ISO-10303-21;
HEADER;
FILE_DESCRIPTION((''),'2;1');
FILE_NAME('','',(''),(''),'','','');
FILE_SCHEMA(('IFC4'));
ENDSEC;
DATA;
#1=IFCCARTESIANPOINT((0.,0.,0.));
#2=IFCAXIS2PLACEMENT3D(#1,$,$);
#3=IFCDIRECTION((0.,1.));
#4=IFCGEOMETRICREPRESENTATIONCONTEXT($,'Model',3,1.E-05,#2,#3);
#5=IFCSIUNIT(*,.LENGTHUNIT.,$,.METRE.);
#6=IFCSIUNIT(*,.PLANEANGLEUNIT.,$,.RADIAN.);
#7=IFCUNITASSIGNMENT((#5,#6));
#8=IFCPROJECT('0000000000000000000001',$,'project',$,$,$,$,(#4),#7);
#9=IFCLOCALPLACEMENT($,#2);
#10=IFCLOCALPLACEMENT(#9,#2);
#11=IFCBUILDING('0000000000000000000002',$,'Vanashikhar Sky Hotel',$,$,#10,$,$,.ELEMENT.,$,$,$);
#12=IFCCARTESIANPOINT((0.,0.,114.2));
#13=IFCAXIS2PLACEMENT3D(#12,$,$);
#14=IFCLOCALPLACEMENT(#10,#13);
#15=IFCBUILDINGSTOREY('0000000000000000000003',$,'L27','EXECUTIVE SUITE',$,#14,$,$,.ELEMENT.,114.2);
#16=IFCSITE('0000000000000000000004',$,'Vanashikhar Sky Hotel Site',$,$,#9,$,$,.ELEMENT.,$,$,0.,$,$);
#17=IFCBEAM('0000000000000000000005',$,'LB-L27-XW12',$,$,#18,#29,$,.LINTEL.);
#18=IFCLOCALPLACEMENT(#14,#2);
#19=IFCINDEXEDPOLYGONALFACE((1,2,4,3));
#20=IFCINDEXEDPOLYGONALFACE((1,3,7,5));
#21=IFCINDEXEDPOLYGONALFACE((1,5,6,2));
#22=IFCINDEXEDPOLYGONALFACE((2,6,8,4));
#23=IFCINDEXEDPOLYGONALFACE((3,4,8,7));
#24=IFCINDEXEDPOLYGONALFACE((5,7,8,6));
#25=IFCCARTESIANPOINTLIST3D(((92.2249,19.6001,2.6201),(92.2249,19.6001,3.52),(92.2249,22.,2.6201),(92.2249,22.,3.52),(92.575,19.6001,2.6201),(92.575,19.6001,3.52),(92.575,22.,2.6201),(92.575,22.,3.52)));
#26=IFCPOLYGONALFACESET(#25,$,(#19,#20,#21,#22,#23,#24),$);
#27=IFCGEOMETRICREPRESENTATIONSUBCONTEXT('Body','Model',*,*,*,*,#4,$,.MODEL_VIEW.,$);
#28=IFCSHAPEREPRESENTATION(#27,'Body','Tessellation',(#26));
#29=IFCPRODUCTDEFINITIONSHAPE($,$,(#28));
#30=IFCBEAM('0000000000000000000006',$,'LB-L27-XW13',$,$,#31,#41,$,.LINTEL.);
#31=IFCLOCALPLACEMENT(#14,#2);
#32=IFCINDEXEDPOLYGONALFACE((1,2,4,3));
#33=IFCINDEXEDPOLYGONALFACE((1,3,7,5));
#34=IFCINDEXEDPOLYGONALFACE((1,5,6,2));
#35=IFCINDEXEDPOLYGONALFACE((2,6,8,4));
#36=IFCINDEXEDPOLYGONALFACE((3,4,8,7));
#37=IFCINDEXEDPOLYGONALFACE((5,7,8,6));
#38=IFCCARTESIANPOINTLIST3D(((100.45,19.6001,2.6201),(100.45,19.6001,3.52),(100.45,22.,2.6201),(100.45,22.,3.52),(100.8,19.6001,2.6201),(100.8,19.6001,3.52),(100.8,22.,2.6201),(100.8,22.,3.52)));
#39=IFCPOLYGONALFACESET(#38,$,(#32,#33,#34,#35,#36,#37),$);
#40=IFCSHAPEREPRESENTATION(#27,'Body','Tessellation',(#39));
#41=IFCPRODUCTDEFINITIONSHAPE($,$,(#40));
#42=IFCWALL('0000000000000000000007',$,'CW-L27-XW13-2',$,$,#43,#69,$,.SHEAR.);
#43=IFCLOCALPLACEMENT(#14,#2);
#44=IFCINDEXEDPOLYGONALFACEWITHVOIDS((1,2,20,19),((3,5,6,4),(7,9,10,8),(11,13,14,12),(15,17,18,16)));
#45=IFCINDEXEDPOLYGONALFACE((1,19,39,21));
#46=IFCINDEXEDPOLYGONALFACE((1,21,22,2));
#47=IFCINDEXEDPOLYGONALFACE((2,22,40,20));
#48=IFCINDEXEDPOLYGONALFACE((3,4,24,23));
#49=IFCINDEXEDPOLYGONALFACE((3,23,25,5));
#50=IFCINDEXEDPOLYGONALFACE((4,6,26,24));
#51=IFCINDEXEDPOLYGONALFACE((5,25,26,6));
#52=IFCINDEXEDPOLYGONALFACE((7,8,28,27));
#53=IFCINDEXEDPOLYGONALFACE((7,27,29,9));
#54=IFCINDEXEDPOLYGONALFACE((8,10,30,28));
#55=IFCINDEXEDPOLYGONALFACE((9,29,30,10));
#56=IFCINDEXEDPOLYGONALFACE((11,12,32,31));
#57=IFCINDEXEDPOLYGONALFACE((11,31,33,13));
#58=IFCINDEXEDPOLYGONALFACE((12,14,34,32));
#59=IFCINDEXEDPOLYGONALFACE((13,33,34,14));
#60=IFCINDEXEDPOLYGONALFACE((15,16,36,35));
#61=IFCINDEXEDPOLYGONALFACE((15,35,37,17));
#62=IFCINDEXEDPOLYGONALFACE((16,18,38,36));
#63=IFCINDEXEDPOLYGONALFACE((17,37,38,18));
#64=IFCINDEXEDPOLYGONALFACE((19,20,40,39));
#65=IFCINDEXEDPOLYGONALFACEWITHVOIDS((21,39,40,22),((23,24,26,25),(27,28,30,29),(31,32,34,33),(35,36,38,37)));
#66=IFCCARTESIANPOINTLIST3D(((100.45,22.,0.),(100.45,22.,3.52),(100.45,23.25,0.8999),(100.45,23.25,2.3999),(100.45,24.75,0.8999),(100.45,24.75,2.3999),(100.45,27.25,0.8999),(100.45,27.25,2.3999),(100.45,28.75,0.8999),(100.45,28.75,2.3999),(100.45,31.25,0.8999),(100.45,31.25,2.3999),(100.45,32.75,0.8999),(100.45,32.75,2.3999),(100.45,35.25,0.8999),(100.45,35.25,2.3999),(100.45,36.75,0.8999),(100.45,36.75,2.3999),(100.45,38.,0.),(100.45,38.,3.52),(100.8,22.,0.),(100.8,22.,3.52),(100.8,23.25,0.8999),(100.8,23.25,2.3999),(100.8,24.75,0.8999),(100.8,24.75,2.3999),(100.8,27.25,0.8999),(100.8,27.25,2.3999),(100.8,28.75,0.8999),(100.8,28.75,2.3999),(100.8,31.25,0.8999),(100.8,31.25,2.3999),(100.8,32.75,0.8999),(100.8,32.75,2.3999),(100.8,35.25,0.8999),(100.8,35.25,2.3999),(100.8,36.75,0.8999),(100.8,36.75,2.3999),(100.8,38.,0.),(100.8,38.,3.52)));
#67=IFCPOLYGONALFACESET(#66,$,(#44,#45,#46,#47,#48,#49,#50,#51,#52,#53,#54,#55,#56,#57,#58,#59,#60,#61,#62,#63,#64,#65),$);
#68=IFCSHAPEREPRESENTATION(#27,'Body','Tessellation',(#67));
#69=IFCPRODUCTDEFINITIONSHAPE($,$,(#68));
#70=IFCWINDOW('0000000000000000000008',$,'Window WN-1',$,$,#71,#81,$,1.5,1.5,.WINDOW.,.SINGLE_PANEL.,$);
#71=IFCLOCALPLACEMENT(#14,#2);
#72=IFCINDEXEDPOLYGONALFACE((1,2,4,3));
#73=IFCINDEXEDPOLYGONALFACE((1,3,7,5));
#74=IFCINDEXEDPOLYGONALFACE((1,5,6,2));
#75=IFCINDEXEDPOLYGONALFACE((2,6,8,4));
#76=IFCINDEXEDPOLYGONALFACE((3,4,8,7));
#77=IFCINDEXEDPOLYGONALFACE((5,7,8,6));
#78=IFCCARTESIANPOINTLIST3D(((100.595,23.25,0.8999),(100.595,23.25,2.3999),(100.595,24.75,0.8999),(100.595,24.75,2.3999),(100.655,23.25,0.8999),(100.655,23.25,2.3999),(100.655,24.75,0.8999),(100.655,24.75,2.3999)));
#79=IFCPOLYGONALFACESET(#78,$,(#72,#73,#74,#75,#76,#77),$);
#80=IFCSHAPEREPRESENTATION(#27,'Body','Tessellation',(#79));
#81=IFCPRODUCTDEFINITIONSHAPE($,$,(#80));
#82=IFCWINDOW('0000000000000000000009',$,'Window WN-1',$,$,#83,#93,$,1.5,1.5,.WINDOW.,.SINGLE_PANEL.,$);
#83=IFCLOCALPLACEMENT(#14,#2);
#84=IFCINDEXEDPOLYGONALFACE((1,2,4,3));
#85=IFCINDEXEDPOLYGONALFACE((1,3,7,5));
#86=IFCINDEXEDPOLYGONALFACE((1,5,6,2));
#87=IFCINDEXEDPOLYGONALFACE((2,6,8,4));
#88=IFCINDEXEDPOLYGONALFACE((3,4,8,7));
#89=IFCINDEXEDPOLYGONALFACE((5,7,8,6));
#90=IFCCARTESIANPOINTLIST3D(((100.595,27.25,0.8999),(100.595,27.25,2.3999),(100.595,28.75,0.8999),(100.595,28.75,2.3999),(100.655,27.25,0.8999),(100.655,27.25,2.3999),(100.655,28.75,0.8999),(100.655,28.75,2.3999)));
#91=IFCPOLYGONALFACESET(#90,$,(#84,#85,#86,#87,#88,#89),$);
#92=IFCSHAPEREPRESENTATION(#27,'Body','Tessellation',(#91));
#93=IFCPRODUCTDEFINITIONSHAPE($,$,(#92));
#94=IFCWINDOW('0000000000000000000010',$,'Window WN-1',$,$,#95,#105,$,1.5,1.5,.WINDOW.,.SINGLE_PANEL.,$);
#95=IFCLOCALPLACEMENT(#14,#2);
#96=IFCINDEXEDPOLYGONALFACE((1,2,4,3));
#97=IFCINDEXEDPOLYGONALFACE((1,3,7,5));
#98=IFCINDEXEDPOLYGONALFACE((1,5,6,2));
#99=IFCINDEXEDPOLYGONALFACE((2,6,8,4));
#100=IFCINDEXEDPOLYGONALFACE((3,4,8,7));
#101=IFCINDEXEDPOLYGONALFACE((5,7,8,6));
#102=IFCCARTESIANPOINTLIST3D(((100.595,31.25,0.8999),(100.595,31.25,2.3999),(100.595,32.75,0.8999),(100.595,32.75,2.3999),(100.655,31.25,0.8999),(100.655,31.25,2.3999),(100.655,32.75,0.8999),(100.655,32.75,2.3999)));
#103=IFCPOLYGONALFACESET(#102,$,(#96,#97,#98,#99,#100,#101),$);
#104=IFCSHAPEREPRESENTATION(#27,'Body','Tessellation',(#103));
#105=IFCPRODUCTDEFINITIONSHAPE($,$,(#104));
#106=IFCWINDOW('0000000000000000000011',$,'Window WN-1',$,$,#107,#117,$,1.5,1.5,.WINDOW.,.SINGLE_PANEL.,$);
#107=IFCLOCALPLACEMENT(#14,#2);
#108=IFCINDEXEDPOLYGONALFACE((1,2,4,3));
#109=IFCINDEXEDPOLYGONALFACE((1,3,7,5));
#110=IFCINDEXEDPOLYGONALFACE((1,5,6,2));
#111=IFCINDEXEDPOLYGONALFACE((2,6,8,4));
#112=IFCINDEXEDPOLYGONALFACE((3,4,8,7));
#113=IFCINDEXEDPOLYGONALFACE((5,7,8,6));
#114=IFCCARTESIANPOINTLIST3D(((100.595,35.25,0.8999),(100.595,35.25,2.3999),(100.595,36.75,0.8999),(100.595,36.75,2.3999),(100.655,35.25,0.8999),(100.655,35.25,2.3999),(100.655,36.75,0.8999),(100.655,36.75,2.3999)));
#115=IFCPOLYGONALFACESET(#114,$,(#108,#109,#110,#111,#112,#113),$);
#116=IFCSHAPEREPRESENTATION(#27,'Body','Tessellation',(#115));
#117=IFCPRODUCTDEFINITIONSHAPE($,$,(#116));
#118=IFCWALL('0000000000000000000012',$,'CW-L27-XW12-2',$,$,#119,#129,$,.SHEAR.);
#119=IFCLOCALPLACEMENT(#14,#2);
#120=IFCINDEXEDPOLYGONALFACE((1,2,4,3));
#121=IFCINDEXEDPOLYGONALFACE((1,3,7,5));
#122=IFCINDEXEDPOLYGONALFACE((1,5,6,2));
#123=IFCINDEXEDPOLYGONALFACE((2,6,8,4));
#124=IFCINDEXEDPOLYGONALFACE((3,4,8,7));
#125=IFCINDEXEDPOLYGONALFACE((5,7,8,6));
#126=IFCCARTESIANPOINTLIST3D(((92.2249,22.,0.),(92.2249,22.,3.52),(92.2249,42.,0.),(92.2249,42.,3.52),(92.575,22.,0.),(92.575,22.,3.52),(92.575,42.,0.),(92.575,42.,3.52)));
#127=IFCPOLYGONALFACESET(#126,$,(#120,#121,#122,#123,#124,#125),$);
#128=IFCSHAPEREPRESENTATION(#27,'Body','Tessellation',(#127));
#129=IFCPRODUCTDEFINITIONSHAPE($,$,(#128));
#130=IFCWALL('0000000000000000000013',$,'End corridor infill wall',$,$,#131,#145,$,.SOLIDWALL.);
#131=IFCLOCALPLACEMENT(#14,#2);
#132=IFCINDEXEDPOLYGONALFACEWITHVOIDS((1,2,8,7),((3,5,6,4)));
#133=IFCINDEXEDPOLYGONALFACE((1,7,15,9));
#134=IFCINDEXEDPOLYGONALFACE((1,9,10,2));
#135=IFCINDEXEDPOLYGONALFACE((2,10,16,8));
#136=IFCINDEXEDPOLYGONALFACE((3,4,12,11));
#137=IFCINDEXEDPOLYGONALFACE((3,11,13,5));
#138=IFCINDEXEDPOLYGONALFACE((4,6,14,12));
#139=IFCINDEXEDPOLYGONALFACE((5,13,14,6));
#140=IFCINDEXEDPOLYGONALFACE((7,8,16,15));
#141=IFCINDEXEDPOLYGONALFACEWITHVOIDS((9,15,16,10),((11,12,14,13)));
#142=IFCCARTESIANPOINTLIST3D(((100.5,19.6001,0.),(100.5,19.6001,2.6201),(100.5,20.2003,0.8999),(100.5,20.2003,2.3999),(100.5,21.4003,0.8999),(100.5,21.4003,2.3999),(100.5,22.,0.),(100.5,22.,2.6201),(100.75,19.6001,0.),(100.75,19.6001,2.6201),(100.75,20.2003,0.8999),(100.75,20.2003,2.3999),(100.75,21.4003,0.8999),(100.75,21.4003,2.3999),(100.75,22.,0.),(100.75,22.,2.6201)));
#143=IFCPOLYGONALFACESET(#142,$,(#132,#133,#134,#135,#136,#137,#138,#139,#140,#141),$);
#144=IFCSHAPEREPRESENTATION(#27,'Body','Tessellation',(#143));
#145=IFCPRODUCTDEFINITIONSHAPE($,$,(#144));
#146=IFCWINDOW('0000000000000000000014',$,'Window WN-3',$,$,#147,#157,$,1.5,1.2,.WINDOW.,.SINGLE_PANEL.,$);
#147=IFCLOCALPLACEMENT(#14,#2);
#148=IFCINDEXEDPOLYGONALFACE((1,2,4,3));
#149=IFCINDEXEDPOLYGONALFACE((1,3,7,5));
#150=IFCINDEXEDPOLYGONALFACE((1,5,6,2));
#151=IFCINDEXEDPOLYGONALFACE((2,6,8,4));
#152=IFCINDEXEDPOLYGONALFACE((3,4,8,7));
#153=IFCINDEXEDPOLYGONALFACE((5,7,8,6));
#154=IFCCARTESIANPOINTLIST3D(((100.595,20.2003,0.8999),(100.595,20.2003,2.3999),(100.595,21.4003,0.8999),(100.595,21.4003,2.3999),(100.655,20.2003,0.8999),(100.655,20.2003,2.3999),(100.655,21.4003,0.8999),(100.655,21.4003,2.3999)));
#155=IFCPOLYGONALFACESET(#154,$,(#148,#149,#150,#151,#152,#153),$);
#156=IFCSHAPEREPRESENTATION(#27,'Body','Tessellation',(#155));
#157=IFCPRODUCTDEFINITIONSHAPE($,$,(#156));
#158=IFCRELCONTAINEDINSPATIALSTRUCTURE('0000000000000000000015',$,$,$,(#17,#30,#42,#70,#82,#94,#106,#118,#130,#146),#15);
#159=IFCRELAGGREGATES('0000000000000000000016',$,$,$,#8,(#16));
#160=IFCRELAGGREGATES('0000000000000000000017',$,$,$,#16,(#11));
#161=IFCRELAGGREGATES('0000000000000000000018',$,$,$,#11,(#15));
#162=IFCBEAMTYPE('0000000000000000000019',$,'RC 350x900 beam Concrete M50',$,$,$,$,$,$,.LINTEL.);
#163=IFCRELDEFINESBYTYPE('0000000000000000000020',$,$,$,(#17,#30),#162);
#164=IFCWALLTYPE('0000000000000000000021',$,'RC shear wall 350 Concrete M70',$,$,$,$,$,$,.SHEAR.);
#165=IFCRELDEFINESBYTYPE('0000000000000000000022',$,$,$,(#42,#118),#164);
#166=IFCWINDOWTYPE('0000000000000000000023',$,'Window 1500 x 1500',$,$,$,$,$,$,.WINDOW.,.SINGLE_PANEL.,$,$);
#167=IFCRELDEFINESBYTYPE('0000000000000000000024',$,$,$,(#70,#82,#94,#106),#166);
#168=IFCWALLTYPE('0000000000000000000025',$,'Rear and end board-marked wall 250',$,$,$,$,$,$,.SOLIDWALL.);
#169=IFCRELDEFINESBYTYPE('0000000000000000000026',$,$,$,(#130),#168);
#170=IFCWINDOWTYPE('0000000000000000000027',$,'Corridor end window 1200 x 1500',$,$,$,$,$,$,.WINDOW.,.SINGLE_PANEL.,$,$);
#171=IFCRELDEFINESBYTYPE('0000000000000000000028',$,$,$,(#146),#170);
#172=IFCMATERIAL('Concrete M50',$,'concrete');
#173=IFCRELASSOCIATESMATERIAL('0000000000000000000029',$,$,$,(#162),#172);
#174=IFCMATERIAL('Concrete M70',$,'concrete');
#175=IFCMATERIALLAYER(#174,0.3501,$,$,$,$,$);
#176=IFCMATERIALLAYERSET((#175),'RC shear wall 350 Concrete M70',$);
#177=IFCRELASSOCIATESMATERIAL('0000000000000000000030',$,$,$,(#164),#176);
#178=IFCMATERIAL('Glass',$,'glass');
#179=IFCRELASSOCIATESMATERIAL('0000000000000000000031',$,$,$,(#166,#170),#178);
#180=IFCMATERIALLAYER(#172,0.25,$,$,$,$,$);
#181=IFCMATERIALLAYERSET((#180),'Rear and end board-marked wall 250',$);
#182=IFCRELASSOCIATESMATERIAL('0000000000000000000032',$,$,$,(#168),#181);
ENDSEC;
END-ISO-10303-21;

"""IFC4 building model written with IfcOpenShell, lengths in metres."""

from ifc_helpers import new_model, si_unit, direction, frame, frame_2d, origin, origin_2d, place, context, subcontext, project, spatial, rectangle, extrude, source, transform, mapped, material, layer, layer_set, material_profile, profile_set, type_object, element, fill, save


model = new_model("IFC4")

# Units and contexts
model_context = context("Model", 3, precision=1e-05, world=origin(), true_north=direction((0.0, 1.0)))
body_context = subcontext(model_context, "Body", "Model", "MODEL_VIEW")
ifc_project = project(units=[si_unit("LENGTHUNIT", "METRE"), si_unit("PLANEANGLEUNIT", "RADIAN")], contexts=[model_context])

# Site, building, storey
site_placement = place(None, origin())
site = spatial("IfcSite", under=ifc_project, at=site_placement, Name="Vanashikhar Sky Hotel Site", CompositionType="ELEMENT", RefElevation=0.0)
building_placement = place(site_placement, origin())
building = spatial("IfcBuilding", under=site, at=building_placement, Name="Vanashikhar Sky Hotel", CompositionType="ELEMENT")
storey_placement = place(building_placement, frame((0.0, 0.0, 114.2)))
storey = spatial("IfcBuildingStorey", under=building, at=storey_placement, Name="L27", Description="EXECUTIVE SUITE", CompositionType="ELEMENT", Elevation=114.2)

# Beams
ifc_material_1 = material(Name="Concrete M50", Category="concrete")
ifc_material_profile = material_profile(ifc_material_1, rectangle(XDim=0.3501, YDim=0.8999, at=origin_2d()))
ifc_profile_set = profile_set([ifc_material_profile], Name="RC 350x900 beam Concrete M50")
beam_type = type_object("IfcBeamType", Name="RC 350x900 beam Concrete M50", PredefinedType="LINTEL", material=ifc_profile_set)
shared_shape_1 = source(origin(), body_context, "Body", "SweptSolid", [
    extrude(rectangle(XDim=0.3501, YDim=0.8999, at=origin_2d()), origin(), (0.0, 0.0, 1.0), 2.3999),
])
for number, where, z_axis, x_axis, name in (
    (1, (92.3999, 19.6001, 3.0701), (0.0, 1.0, 0.0), (-1.0, 0.0, 0.0), "LB-L27-XW12"),
    (2, (100.625, 19.6001, 3.0701), (0.0, 1.0, 0.0), (-1.0, 0.0, 0.0), "LB-L27-XW13"),
):
    element("IfcBeam", number, at=place(storey_placement, frame(where, z_axis=z_axis, x_axis=x_axis)), inside=storey, type_object=beam_type, Name=name, PredefinedType="LINTEL", context=body_context, shape_type="MappedRepresentation", body=[
        mapped(shared_shape_1, transform((0.0, 0.0, 0.0), scale=1.0)),
    ])

# Wall, openings, windows
ifc_material_2 = material(Name="Concrete M70", Category="concrete")
ifc_layer_1 = layer(ifc_material_2, 0.3501)
ifc_layer_set_1 = layer_set([ifc_layer_1], Name="RC shear wall 350 Concrete M70")
wall_type_1 = type_object("IfcWallType", Name="RC shear wall 350 Concrete M70", PredefinedType="SHEAR", material=ifc_layer_set_1)
shared_shape_2 = source(origin(), body_context, "Body", "SweptSolid", [
    extrude(rectangle(XDim=16.0, YDim=0.3501, at=frame_2d((8.0, 0.0))), origin(), (0.0, 0.0, 1.0), 3.52),
])
wall_1_placement = place(storey_placement, frame((100.625, 22.0, 0.0), z_axis=(0.0, 0.0, 1.0), x_axis=(0.0, 1.0, 0.0)))
wall_1 = element("IfcWall", 3, at=wall_1_placement, inside=storey, type_object=wall_type_1, Name="CW-L27-XW13-2", PredefinedType="SHEAR", context=body_context, shape_type="MappedRepresentation", body=[
    mapped(shared_shape_2, transform((0.0, 0.0, 0.0), scale=1.0)),
])
shared_shape_3 = source(origin(), body_context, "Body", "SweptSolid", [
    extrude(rectangle(XDim=1.5, YDim=1.5, at=frame_2d((0.75, 0.75))), frame((0.0, 0.1851, 0.0), z_axis=(0.0, -1.0, 0.0), x_axis=(1.0, 0.0, 0.0)), (0.0, 0.0, 1.0), 0.3701),
])
opening_1_placement = place(wall_1_placement, frame((1.25, 0.0, 0.8999)))
opening_1 = element("IfcOpeningElement", 4, at=opening_1_placement, cuts=wall_1, PredefinedType="OPENING", context=body_context, shape_type="MappedRepresentation", body=[
    mapped(shared_shape_3, transform((0.0, 0.0, 0.0), scale=1.0)),
])
opening_2_placement = place(wall_1_placement, frame((5.25, 0.0, 0.8999)))
opening_2 = element("IfcOpeningElement", 5, at=opening_2_placement, cuts=wall_1, PredefinedType="OPENING", context=body_context, shape_type="MappedRepresentation", body=[
    mapped(shared_shape_3, transform((0.0, 0.0, 0.0), scale=1.0)),
])
opening_3_placement = place(wall_1_placement, frame((9.25, 0.0, 0.8999)))
opening_3 = element("IfcOpeningElement", 6, at=opening_3_placement, cuts=wall_1, PredefinedType="OPENING", context=body_context, shape_type="MappedRepresentation", body=[
    mapped(shared_shape_3, transform((0.0, 0.0, 0.0), scale=1.0)),
])
opening_4_placement = place(wall_1_placement, frame((13.25, 0.0, 0.8999)))
opening_4 = element("IfcOpeningElement", 7, at=opening_4_placement, cuts=wall_1, PredefinedType="OPENING", context=body_context, shape_type="MappedRepresentation", body=[
    mapped(shared_shape_3, transform((0.0, 0.0, 0.0), scale=1.0)),
])
ifc_material_3 = material(Name="Glass", Category="glass")
window_type_1 = type_object("IfcWindowType", Name="Window 1500 x 1500", PartitioningType="SINGLE_PANEL", PredefinedType="WINDOW", material=ifc_material_3)
shared_shape_4 = source(origin(), body_context, "Body", "SweptSolid", [
    extrude(rectangle(XDim=1.5, YDim=1.5, at=frame_2d((0.75, 0.75))), frame((0.0, 0.03, 0.0), z_axis=(0.0, -1.0, 0.0), x_axis=(1.0, 0.0, 0.0)), (0.0, 0.0, 1.0), 0.0601),
])
window_1_placement = place(opening_1_placement, origin())
window_1 = element("IfcWindow", 8, at=window_1_placement, inside=storey, type_object=window_type_1, Name="Window WN-1", OverallHeight=1.5, OverallWidth=1.5, PartitioningType="SINGLE_PANEL", PredefinedType="WINDOW", context=body_context, shape_type="MappedRepresentation", body=[
    mapped(shared_shape_4, transform((0.0, 0.0, 0.0), scale=1.0)),
])
fill(opening_1, window_1)
window_2_placement = place(opening_2_placement, origin())
window_2 = element("IfcWindow", 9, at=window_2_placement, inside=storey, type_object=window_type_1, Name="Window WN-1", OverallHeight=1.5, OverallWidth=1.5, PartitioningType="SINGLE_PANEL", PredefinedType="WINDOW", context=body_context, shape_type="MappedRepresentation", body=[
    mapped(shared_shape_4, transform((0.0, 0.0, 0.0), scale=1.0)),
])
fill(opening_2, window_2)
window_3_placement = place(opening_3_placement, origin())
window_3 = element("IfcWindow", 10, at=window_3_placement, inside=storey, type_object=window_type_1, Name="Window WN-1", OverallHeight=1.5, OverallWidth=1.5, PartitioningType="SINGLE_PANEL", PredefinedType="WINDOW", context=body_context, shape_type="MappedRepresentation", body=[
    mapped(shared_shape_4, transform((0.0, 0.0, 0.0), scale=1.0)),
])
fill(opening_3, window_3)
window_4_placement = place(opening_4_placement, origin())
window_4 = element("IfcWindow", 11, at=window_4_placement, inside=storey, type_object=window_type_1, Name="Window WN-1", OverallHeight=1.5, OverallWidth=1.5, PartitioningType="SINGLE_PANEL", PredefinedType="WINDOW", context=body_context, shape_type="MappedRepresentation", body=[
    mapped(shared_shape_4, transform((0.0, 0.0, 0.0), scale=1.0)),
])
fill(opening_4, window_4)

# Wall
shared_shape_5 = source(origin(), body_context, "Body", "SweptSolid", [
    extrude(rectangle(XDim=20.0, YDim=0.3501, at=frame_2d((10.0, 0.0))), origin(), (0.0, 0.0, 1.0), 3.52),
])
wall_2_placement = place(storey_placement, frame((92.3999, 22.0, 0.0), z_axis=(0.0, 0.0, 1.0), x_axis=(0.0, 1.0, 0.0)))
element("IfcWall", 12, at=wall_2_placement, inside=storey, type_object=wall_type_1, Name="CW-L27-XW12-2", PredefinedType="SHEAR", context=body_context, shape_type="MappedRepresentation", body=[
    mapped(shared_shape_5, transform((0.0, 0.0, 0.0), scale=1.0)),
])

# Wall, opening, window
ifc_layer_2 = layer(ifc_material_1, 0.25)
ifc_layer_set_2 = layer_set([ifc_layer_2], Name="Rear and end board-marked wall 250")
wall_type_2 = type_object("IfcWallType", Name="Rear and end board-marked wall 250", PredefinedType="SOLIDWALL", material=ifc_layer_set_2)
shared_shape_6 = source(origin(), body_context, "Body", "SweptSolid", [
    extrude(rectangle(XDim=2.3999, YDim=0.25, at=frame_2d((1.2, 0.0))), origin(), (0.0, 0.0, 1.0), 2.6201),
])
wall_3_placement = place(storey_placement, frame((100.625, 19.6001, 0.0), z_axis=(0.0, 0.0, 1.0), x_axis=(0.0, 1.0, 0.0)))
wall_3 = element("IfcWall", 13, at=wall_3_placement, inside=storey, type_object=wall_type_2, Name="End corridor infill wall", PredefinedType="SOLIDWALL", context=body_context, shape_type="MappedRepresentation", body=[
    mapped(shared_shape_6, transform((0.0, 0.0, 0.0), scale=1.0)),
])
shared_shape_7 = source(origin(), body_context, "Body", "SweptSolid", [
    extrude(rectangle(XDim=1.2, YDim=1.5, at=frame_2d((0.6001, 0.75))), frame((0.0, 0.135, 0.0), z_axis=(0.0, -1.0, 0.0), x_axis=(1.0, 0.0, 0.0)), (0.0, 0.0, 1.0), 0.27),
])
opening_5_placement = place(wall_3_placement, frame((0.6001, 0.0, 0.8999)))
opening_5 = element("IfcOpeningElement", 14, at=opening_5_placement, cuts=wall_3, PredefinedType="OPENING", context=body_context, shape_type="MappedRepresentation", body=[
    mapped(shared_shape_7, transform((0.0, 0.0, 0.0), scale=1.0)),
])
window_type_2 = type_object("IfcWindowType", Name="Corridor end window 1200 x 1500", PartitioningType="SINGLE_PANEL", PredefinedType="WINDOW", material=ifc_material_3)
shared_shape_8 = source(origin(), body_context, "Body", "SweptSolid", [
    extrude(rectangle(XDim=1.2, YDim=1.5, at=frame_2d((0.6001, 0.75))), frame((0.0, 0.03, 0.0), z_axis=(0.0, -1.0, 0.0), x_axis=(1.0, 0.0, 0.0)), (0.0, 0.0, 1.0), 0.0601),
])
window_5_placement = place(opening_5_placement, origin())
window_5 = element("IfcWindow", 15, at=window_5_placement, inside=storey, type_object=window_type_2, Name="Window WN-3", OverallHeight=1.5, OverallWidth=1.2, PartitioningType="SINGLE_PANEL", PredefinedType="WINDOW", context=body_context, shape_type="MappedRepresentation", body=[
    mapped(shared_shape_8, transform((0.0, 0.0, 0.0), scale=1.0)),
])
fill(opening_5, window_5)

save(model, "model.ifc")
